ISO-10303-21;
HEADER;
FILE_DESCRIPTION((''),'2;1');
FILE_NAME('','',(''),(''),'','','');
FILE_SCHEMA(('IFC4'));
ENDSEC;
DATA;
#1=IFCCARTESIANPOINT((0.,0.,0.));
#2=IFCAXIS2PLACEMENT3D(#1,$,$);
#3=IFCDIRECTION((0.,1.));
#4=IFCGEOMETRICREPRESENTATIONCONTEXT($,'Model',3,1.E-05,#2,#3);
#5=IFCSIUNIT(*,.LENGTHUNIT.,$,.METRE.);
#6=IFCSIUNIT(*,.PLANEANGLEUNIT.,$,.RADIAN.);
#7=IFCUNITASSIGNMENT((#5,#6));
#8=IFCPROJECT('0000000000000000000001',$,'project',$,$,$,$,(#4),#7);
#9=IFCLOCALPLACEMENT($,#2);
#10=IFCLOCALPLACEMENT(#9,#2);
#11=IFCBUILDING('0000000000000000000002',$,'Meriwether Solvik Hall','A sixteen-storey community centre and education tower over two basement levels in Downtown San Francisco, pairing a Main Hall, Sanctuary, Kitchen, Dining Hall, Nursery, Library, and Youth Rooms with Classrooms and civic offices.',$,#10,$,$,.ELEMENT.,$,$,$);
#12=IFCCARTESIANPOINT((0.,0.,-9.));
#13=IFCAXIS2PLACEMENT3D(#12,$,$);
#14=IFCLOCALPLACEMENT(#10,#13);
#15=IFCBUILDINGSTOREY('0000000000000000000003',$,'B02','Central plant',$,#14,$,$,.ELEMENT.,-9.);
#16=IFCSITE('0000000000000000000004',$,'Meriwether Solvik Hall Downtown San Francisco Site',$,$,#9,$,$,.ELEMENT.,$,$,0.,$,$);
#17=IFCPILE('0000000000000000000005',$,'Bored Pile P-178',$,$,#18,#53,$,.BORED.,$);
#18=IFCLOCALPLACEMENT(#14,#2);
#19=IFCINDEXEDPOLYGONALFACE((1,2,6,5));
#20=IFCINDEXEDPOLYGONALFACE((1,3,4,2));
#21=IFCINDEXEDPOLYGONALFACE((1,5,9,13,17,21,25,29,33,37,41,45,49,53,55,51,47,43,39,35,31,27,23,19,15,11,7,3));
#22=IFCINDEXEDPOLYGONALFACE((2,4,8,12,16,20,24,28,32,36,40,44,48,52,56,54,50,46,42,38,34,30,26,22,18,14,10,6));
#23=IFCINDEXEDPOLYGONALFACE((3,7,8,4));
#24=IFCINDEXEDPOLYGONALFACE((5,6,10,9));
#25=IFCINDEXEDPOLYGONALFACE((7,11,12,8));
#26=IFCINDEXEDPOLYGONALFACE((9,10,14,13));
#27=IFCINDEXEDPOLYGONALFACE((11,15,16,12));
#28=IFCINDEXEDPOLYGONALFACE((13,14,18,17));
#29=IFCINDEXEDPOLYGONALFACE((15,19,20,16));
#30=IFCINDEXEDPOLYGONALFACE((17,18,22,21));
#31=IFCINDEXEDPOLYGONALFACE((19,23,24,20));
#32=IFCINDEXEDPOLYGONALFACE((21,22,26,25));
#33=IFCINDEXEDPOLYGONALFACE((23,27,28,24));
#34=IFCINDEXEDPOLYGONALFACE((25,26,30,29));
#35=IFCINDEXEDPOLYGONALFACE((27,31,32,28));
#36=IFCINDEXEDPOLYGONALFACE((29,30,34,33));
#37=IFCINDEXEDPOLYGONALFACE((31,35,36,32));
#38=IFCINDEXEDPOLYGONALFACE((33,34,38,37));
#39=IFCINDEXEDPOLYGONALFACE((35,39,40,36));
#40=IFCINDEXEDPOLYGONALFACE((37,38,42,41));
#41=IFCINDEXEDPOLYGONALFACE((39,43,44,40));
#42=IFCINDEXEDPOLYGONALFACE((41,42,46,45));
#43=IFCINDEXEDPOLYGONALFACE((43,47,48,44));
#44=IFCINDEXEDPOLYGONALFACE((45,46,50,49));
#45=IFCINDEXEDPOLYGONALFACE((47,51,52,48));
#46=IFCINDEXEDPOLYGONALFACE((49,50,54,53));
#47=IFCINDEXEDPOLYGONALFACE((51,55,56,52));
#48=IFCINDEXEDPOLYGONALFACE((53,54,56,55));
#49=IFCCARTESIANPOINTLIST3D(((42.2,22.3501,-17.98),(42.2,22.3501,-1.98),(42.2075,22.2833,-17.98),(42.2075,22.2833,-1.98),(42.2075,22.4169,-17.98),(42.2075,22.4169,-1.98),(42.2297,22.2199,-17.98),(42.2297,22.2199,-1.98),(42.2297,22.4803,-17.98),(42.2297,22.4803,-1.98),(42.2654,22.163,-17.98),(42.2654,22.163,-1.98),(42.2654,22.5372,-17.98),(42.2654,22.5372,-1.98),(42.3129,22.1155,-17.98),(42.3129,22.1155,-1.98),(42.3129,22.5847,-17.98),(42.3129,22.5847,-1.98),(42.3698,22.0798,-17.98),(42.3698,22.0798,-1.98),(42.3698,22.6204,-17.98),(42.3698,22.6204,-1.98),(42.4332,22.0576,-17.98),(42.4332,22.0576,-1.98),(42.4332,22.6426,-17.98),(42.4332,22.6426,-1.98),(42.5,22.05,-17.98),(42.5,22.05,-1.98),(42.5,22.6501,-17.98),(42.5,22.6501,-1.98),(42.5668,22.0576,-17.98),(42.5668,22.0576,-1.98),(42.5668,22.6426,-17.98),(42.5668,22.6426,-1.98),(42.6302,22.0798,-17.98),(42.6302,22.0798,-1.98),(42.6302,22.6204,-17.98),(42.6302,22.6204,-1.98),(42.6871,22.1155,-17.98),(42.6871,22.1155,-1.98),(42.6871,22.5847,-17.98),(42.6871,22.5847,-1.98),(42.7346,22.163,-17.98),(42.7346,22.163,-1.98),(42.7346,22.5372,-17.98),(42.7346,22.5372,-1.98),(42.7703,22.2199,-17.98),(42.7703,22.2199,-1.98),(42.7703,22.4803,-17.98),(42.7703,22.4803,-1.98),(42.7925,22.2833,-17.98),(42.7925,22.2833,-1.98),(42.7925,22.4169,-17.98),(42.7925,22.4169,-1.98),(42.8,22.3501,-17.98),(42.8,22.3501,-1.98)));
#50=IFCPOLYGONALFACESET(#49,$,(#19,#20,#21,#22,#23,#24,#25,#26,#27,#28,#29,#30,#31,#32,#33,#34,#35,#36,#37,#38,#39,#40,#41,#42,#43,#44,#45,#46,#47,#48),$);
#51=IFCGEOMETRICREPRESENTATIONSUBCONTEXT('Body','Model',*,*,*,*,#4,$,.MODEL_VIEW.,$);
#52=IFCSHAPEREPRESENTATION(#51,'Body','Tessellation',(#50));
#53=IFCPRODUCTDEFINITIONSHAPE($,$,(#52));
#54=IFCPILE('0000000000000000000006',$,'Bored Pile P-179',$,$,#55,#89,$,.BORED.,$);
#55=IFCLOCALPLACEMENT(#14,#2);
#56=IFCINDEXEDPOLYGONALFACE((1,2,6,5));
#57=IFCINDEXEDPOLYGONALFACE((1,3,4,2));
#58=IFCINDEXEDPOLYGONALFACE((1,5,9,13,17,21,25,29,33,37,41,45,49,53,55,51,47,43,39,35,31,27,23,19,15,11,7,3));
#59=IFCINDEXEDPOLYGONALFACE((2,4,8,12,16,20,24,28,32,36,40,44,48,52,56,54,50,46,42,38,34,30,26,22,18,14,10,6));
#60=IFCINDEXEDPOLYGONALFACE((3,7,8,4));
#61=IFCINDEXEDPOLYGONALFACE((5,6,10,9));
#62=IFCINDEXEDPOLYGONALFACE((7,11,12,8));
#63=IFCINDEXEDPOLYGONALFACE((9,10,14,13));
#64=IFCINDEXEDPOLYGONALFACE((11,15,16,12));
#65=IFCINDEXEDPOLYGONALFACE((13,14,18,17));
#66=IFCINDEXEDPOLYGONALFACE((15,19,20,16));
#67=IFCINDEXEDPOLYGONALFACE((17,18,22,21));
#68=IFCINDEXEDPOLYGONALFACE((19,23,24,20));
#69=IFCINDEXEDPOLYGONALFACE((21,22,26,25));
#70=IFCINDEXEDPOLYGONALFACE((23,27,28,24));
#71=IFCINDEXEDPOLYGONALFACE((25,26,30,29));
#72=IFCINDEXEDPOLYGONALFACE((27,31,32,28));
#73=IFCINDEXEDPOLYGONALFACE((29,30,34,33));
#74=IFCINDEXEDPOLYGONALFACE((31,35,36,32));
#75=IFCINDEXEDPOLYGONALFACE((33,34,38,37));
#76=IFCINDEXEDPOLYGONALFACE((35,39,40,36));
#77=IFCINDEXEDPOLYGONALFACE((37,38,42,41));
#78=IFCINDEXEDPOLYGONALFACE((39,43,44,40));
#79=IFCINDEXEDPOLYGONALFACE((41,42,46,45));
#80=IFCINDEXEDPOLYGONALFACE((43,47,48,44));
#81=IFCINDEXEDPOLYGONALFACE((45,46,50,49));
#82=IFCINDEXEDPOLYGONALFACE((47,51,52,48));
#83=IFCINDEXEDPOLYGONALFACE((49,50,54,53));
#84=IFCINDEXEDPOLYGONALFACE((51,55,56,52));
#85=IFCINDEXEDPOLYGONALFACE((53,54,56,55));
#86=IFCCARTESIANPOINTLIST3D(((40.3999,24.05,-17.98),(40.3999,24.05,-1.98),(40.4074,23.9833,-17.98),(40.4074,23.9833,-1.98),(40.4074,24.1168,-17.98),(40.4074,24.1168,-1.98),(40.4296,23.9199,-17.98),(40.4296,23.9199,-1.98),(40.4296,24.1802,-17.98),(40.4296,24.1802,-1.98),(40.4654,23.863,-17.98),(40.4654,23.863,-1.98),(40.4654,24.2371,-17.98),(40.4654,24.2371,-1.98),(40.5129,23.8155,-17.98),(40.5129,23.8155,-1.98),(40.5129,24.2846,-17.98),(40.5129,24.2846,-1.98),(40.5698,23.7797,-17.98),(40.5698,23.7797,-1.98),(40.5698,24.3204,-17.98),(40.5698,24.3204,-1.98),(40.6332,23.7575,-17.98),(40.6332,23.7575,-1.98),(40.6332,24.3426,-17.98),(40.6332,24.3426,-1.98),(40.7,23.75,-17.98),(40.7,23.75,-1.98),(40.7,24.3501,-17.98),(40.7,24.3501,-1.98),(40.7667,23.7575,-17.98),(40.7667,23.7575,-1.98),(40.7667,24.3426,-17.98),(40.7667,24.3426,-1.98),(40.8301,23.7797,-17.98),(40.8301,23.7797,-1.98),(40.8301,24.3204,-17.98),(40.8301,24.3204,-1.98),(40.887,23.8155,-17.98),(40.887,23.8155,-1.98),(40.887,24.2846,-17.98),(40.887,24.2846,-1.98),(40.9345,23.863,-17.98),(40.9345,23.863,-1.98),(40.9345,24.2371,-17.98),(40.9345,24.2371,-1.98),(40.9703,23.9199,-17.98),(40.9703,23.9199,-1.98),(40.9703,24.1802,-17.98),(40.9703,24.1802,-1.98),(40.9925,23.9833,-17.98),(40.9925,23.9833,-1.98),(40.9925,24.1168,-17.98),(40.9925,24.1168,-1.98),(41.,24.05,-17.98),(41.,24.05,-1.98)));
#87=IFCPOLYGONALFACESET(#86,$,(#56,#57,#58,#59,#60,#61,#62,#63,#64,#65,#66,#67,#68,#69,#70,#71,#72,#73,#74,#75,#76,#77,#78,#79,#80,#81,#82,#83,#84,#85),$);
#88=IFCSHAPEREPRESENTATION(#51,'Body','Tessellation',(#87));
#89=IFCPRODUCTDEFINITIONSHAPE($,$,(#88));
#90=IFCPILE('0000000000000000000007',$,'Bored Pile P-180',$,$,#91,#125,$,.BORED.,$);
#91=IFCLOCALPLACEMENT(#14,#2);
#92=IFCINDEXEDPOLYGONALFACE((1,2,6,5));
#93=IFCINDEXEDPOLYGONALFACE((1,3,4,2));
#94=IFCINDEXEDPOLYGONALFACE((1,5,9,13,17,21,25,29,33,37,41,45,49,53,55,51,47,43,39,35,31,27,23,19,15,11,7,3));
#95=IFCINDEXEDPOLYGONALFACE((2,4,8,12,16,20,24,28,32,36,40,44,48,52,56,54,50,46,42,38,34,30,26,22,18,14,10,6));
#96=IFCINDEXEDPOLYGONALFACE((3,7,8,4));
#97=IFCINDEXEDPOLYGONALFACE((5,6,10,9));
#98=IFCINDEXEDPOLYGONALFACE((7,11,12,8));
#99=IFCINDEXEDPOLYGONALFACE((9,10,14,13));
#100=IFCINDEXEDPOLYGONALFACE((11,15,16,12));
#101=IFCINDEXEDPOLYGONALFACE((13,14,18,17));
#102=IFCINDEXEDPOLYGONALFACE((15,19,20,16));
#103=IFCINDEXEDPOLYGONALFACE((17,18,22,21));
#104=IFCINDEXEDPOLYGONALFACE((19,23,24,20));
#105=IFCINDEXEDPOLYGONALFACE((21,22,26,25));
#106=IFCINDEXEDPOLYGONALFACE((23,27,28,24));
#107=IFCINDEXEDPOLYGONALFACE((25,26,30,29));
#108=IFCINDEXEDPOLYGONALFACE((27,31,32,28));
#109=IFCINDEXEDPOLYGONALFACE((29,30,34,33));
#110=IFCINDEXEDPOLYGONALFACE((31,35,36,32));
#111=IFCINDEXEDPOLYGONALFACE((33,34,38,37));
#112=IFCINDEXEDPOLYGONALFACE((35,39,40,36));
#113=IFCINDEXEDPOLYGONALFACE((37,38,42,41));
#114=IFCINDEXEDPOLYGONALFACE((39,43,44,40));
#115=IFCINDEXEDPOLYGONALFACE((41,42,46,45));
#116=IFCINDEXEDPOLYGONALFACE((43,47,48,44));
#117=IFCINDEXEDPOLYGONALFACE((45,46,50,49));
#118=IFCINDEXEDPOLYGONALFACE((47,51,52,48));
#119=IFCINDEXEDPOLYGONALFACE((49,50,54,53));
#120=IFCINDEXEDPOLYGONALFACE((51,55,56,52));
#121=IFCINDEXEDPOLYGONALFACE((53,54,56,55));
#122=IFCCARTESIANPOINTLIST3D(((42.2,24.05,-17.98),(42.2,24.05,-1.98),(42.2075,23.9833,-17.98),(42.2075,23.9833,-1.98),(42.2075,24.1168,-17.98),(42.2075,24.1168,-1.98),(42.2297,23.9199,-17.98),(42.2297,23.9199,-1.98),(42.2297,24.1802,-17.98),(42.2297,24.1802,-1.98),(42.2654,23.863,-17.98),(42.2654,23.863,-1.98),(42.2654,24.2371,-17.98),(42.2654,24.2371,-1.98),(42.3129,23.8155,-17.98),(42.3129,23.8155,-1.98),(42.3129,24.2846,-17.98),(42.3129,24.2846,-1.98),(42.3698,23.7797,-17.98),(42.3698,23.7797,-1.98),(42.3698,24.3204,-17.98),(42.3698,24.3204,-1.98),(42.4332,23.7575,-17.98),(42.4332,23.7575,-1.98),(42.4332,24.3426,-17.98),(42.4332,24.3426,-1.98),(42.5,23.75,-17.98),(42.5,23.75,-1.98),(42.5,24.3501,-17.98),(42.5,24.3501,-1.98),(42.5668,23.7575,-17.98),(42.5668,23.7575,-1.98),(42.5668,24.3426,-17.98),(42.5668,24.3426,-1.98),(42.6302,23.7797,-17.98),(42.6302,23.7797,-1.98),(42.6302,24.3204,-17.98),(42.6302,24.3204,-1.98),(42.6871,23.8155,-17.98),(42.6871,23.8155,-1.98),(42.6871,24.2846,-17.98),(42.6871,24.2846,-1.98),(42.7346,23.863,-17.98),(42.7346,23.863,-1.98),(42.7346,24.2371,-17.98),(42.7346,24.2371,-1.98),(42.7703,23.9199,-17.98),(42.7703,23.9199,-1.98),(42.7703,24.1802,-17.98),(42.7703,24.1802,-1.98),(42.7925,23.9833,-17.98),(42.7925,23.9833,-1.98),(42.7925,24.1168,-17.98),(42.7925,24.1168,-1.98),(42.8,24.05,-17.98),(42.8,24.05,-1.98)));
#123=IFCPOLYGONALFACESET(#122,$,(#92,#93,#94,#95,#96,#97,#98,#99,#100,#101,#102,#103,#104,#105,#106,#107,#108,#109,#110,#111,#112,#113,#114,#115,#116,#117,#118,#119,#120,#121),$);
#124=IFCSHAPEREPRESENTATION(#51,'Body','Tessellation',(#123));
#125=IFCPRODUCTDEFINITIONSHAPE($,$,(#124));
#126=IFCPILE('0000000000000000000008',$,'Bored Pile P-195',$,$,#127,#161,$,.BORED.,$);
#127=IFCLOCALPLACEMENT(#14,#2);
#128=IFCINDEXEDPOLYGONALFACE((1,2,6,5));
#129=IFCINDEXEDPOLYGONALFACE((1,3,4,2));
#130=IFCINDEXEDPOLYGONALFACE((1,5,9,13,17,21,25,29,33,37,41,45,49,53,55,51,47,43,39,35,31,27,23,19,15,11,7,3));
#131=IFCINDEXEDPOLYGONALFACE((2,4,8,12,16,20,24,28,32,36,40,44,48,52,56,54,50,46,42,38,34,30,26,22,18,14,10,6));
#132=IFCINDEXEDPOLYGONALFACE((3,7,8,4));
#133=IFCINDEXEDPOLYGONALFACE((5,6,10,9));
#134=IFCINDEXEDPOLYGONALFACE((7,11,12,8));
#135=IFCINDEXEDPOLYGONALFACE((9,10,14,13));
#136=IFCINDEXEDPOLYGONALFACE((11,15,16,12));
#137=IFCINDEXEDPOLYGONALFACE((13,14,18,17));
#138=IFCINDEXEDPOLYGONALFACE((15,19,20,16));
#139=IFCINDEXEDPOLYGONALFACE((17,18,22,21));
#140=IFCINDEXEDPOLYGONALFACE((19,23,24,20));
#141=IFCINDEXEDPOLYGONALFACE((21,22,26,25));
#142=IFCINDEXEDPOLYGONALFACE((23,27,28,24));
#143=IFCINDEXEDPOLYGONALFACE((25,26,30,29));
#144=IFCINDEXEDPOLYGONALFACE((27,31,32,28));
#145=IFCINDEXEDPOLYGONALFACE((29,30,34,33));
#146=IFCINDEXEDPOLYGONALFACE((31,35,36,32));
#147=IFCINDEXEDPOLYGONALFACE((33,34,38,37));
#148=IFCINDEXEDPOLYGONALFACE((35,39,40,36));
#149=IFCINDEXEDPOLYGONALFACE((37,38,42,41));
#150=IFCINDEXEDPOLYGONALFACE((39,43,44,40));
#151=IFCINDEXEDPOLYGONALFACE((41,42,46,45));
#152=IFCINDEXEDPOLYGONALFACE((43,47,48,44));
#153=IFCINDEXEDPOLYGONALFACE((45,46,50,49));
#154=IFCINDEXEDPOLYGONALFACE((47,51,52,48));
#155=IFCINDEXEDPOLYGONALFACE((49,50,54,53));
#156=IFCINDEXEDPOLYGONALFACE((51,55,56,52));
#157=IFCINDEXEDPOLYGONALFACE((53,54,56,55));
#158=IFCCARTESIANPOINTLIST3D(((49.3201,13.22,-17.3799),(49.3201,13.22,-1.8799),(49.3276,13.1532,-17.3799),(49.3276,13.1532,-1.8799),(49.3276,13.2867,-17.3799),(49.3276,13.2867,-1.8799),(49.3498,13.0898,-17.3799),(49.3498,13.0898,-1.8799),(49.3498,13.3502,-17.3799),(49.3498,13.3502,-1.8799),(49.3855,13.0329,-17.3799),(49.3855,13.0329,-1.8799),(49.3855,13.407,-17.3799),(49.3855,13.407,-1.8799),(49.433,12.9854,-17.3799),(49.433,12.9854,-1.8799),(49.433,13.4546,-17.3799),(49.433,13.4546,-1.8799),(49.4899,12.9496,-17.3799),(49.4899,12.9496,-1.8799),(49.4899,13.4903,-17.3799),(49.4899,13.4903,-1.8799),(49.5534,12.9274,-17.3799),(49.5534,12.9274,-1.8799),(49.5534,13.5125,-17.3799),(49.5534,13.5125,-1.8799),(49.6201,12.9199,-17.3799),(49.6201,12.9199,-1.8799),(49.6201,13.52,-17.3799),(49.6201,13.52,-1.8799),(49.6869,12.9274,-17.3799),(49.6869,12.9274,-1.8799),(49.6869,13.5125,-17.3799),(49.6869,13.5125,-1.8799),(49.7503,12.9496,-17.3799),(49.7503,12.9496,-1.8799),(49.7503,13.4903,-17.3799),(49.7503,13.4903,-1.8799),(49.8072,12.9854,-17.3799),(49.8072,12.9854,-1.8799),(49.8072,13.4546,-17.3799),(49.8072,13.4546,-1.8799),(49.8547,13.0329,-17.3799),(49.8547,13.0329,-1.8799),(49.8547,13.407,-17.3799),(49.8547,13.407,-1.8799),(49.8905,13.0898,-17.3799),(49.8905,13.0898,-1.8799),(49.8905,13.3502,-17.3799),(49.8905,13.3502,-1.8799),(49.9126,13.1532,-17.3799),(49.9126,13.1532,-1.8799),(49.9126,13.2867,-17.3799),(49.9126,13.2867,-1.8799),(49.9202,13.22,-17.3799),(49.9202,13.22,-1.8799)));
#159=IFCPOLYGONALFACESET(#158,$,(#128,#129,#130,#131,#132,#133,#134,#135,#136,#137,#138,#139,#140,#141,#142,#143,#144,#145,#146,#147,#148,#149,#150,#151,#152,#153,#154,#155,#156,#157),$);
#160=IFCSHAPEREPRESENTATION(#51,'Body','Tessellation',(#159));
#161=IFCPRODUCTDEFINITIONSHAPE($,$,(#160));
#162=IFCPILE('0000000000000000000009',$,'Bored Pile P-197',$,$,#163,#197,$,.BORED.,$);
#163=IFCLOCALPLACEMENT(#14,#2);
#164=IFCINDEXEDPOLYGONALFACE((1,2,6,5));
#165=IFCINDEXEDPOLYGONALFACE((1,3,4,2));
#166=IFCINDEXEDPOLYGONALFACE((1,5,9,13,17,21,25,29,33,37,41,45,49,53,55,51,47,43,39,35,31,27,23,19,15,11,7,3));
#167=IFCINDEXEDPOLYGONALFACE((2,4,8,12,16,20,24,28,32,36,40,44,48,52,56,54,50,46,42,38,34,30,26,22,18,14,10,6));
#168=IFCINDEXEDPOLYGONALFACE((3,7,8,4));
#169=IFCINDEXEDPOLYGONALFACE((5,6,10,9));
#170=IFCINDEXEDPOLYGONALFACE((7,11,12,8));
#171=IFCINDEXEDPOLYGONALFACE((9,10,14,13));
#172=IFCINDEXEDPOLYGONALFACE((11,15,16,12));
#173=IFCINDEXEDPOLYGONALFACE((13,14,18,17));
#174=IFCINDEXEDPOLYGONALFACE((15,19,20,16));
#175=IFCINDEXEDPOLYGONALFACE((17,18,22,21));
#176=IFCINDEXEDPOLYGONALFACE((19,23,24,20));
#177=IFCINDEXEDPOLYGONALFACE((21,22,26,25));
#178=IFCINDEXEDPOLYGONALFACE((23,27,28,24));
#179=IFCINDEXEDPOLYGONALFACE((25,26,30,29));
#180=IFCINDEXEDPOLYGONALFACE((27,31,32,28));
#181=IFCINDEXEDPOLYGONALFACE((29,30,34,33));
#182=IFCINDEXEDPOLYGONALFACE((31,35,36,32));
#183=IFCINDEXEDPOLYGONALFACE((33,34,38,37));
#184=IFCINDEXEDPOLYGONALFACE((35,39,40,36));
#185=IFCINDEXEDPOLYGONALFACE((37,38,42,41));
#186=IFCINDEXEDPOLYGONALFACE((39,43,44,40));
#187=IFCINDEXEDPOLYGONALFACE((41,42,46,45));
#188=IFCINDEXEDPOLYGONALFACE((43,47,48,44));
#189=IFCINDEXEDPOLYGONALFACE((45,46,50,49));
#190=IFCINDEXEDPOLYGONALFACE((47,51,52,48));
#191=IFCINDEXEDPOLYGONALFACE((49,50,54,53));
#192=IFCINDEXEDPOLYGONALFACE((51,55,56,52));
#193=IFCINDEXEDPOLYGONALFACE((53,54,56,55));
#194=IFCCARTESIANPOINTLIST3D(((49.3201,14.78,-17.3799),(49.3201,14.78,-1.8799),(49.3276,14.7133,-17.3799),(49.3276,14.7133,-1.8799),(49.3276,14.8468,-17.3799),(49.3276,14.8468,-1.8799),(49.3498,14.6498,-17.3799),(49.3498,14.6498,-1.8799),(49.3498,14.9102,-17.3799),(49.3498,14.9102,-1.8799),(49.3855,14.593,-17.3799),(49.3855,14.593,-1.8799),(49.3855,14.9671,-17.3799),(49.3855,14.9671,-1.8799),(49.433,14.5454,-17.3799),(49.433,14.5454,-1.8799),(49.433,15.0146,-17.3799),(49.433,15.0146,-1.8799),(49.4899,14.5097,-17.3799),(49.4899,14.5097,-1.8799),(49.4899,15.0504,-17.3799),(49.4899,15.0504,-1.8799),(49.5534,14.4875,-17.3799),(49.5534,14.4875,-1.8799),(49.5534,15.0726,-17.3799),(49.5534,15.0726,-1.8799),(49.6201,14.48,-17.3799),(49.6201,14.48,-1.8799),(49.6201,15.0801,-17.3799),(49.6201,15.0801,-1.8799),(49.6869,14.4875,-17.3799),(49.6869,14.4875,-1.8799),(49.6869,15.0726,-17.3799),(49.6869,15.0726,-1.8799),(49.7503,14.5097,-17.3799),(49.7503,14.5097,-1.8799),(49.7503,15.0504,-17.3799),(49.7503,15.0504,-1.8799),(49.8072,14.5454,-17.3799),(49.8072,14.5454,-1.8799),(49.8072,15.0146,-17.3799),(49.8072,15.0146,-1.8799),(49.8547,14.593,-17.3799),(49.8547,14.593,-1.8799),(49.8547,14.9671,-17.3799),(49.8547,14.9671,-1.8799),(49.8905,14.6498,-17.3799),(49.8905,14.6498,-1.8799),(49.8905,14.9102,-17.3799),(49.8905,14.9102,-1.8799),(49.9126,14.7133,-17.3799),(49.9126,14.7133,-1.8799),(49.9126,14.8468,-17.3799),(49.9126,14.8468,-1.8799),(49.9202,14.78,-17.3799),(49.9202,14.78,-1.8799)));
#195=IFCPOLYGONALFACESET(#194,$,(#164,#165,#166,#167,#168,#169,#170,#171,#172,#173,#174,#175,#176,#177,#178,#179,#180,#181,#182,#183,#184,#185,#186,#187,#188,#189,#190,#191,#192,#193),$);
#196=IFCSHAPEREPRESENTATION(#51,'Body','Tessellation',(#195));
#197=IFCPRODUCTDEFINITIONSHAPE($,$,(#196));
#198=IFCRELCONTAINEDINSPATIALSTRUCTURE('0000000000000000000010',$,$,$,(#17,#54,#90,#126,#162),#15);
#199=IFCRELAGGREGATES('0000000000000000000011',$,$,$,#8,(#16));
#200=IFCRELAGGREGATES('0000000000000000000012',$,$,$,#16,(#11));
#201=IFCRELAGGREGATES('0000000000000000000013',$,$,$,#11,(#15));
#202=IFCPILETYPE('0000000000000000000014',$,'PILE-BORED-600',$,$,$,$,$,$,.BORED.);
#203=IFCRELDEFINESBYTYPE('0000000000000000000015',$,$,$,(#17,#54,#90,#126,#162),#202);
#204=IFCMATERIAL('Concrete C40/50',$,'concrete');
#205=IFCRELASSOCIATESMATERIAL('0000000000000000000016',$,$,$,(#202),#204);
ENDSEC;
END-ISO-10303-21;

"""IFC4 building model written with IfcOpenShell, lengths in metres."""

from ifc_helpers import new_model, si_unit, direction, frame, origin, origin_2d, place, context, subcontext, project, spatial, circle, extrude, material, material_profile, profile_set, type_object, element, save


model = new_model("IFC4")

# Units and contexts
model_context = context("Model", 3, precision=1e-05, world=origin(), true_north=direction((0.0, 1.0)))
body_context = subcontext(model_context, "Body", "Model", "MODEL_VIEW")
ifc_project = project(units=[si_unit("LENGTHUNIT", "METRE"), si_unit("PLANEANGLEUNIT", "RADIAN")], contexts=[model_context])

# Site, building, storey
site_placement = place(None, origin())
site = spatial("IfcSite", under=ifc_project, at=site_placement, Name="Meriwether Solvik Hall Downtown San Francisco Site", CompositionType="ELEMENT", RefElevation=0.0)
building_placement = place(site_placement, origin())
building = spatial("IfcBuilding", under=site, at=building_placement, Name="Meriwether Solvik Hall", Description="A sixteen-storey community centre and education tower over two basement levels in Downtown San Francisco, pairing a Main Hall, Sanctuary, Kitchen, Dining Hall, Nursery, Library, and Youth Rooms with Classrooms and civic offices.", CompositionType="ELEMENT")
storey_placement = place(building_placement, frame((0.0, 0.0, -9.0)))
storey = spatial("IfcBuildingStorey", under=building, at=storey_placement, Name="B02", Description="Central plant", CompositionType="ELEMENT", Elevation=-9.0)

# Piles
ifc_material_1 = material(Name="Concrete C40/50", Category="concrete")
ifc_material_profile_1 = material_profile(ifc_material_1, circle(Radius=0.3, at=origin_2d()), Name="PILE-D600")
ifc_profile_set_1 = profile_set([ifc_material_profile_1], Name="Concrete C40/50")
pile_type_1 = type_object("IfcPileType", Name="PILE-BORED-600", PredefinedType="BORED", material=ifc_profile_set_1)
for number, where, z_axis, x_axis, name in (
    (1, (42.5, 22.3501, -1.98), (0.0, 0.0, -1.0), (1.0, 0.0, 0.0), "Bored Pile P-178"),
    (2, (40.7, 24.05, -1.98), (0.0, 0.0, -1.0), (1.0, 0.0, 0.0), "Bored Pile P-179"),
    (3, (42.5, 24.05, -1.98), (0.0, 0.0, -1.0), (1.0, 0.0, 0.0), "Bored Pile P-180"),
):
    element("IfcPile", number, at=place(storey_placement, frame(where, z_axis=z_axis, x_axis=x_axis)), inside=storey, type_object=pile_type_1, Name=name, PredefinedType="BORED", context=body_context, shape_type="SweptSolid", body=[
        extrude(circle(Radius=0.3, at=origin_2d()), origin(), (0.0, 0.0, 1.0), 16.0),
    ])
for number, where, z_axis, x_axis, name in (
    (4, (49.6201, 13.22, -1.8799), (0.0, 0.0, -1.0), (1.0, 0.0, 0.0), "Bored Pile P-195"),
    (5, (49.6201, 14.78, -1.8799), (0.0, 0.0, -1.0), (1.0, 0.0, 0.0), "Bored Pile P-197"),
):
    element("IfcPile", number, at=place(storey_placement, frame(where, z_axis=z_axis, x_axis=x_axis)), inside=storey, type_object=pile_type_1, Name=name, PredefinedType="BORED", context=body_context, shape_type="SweptSolid", body=[
        extrude(circle(Radius=0.3, at=origin_2d()), origin(), (0.0, 0.0, 1.0), 15.5),
    ])

save(model, "model.ifc")
